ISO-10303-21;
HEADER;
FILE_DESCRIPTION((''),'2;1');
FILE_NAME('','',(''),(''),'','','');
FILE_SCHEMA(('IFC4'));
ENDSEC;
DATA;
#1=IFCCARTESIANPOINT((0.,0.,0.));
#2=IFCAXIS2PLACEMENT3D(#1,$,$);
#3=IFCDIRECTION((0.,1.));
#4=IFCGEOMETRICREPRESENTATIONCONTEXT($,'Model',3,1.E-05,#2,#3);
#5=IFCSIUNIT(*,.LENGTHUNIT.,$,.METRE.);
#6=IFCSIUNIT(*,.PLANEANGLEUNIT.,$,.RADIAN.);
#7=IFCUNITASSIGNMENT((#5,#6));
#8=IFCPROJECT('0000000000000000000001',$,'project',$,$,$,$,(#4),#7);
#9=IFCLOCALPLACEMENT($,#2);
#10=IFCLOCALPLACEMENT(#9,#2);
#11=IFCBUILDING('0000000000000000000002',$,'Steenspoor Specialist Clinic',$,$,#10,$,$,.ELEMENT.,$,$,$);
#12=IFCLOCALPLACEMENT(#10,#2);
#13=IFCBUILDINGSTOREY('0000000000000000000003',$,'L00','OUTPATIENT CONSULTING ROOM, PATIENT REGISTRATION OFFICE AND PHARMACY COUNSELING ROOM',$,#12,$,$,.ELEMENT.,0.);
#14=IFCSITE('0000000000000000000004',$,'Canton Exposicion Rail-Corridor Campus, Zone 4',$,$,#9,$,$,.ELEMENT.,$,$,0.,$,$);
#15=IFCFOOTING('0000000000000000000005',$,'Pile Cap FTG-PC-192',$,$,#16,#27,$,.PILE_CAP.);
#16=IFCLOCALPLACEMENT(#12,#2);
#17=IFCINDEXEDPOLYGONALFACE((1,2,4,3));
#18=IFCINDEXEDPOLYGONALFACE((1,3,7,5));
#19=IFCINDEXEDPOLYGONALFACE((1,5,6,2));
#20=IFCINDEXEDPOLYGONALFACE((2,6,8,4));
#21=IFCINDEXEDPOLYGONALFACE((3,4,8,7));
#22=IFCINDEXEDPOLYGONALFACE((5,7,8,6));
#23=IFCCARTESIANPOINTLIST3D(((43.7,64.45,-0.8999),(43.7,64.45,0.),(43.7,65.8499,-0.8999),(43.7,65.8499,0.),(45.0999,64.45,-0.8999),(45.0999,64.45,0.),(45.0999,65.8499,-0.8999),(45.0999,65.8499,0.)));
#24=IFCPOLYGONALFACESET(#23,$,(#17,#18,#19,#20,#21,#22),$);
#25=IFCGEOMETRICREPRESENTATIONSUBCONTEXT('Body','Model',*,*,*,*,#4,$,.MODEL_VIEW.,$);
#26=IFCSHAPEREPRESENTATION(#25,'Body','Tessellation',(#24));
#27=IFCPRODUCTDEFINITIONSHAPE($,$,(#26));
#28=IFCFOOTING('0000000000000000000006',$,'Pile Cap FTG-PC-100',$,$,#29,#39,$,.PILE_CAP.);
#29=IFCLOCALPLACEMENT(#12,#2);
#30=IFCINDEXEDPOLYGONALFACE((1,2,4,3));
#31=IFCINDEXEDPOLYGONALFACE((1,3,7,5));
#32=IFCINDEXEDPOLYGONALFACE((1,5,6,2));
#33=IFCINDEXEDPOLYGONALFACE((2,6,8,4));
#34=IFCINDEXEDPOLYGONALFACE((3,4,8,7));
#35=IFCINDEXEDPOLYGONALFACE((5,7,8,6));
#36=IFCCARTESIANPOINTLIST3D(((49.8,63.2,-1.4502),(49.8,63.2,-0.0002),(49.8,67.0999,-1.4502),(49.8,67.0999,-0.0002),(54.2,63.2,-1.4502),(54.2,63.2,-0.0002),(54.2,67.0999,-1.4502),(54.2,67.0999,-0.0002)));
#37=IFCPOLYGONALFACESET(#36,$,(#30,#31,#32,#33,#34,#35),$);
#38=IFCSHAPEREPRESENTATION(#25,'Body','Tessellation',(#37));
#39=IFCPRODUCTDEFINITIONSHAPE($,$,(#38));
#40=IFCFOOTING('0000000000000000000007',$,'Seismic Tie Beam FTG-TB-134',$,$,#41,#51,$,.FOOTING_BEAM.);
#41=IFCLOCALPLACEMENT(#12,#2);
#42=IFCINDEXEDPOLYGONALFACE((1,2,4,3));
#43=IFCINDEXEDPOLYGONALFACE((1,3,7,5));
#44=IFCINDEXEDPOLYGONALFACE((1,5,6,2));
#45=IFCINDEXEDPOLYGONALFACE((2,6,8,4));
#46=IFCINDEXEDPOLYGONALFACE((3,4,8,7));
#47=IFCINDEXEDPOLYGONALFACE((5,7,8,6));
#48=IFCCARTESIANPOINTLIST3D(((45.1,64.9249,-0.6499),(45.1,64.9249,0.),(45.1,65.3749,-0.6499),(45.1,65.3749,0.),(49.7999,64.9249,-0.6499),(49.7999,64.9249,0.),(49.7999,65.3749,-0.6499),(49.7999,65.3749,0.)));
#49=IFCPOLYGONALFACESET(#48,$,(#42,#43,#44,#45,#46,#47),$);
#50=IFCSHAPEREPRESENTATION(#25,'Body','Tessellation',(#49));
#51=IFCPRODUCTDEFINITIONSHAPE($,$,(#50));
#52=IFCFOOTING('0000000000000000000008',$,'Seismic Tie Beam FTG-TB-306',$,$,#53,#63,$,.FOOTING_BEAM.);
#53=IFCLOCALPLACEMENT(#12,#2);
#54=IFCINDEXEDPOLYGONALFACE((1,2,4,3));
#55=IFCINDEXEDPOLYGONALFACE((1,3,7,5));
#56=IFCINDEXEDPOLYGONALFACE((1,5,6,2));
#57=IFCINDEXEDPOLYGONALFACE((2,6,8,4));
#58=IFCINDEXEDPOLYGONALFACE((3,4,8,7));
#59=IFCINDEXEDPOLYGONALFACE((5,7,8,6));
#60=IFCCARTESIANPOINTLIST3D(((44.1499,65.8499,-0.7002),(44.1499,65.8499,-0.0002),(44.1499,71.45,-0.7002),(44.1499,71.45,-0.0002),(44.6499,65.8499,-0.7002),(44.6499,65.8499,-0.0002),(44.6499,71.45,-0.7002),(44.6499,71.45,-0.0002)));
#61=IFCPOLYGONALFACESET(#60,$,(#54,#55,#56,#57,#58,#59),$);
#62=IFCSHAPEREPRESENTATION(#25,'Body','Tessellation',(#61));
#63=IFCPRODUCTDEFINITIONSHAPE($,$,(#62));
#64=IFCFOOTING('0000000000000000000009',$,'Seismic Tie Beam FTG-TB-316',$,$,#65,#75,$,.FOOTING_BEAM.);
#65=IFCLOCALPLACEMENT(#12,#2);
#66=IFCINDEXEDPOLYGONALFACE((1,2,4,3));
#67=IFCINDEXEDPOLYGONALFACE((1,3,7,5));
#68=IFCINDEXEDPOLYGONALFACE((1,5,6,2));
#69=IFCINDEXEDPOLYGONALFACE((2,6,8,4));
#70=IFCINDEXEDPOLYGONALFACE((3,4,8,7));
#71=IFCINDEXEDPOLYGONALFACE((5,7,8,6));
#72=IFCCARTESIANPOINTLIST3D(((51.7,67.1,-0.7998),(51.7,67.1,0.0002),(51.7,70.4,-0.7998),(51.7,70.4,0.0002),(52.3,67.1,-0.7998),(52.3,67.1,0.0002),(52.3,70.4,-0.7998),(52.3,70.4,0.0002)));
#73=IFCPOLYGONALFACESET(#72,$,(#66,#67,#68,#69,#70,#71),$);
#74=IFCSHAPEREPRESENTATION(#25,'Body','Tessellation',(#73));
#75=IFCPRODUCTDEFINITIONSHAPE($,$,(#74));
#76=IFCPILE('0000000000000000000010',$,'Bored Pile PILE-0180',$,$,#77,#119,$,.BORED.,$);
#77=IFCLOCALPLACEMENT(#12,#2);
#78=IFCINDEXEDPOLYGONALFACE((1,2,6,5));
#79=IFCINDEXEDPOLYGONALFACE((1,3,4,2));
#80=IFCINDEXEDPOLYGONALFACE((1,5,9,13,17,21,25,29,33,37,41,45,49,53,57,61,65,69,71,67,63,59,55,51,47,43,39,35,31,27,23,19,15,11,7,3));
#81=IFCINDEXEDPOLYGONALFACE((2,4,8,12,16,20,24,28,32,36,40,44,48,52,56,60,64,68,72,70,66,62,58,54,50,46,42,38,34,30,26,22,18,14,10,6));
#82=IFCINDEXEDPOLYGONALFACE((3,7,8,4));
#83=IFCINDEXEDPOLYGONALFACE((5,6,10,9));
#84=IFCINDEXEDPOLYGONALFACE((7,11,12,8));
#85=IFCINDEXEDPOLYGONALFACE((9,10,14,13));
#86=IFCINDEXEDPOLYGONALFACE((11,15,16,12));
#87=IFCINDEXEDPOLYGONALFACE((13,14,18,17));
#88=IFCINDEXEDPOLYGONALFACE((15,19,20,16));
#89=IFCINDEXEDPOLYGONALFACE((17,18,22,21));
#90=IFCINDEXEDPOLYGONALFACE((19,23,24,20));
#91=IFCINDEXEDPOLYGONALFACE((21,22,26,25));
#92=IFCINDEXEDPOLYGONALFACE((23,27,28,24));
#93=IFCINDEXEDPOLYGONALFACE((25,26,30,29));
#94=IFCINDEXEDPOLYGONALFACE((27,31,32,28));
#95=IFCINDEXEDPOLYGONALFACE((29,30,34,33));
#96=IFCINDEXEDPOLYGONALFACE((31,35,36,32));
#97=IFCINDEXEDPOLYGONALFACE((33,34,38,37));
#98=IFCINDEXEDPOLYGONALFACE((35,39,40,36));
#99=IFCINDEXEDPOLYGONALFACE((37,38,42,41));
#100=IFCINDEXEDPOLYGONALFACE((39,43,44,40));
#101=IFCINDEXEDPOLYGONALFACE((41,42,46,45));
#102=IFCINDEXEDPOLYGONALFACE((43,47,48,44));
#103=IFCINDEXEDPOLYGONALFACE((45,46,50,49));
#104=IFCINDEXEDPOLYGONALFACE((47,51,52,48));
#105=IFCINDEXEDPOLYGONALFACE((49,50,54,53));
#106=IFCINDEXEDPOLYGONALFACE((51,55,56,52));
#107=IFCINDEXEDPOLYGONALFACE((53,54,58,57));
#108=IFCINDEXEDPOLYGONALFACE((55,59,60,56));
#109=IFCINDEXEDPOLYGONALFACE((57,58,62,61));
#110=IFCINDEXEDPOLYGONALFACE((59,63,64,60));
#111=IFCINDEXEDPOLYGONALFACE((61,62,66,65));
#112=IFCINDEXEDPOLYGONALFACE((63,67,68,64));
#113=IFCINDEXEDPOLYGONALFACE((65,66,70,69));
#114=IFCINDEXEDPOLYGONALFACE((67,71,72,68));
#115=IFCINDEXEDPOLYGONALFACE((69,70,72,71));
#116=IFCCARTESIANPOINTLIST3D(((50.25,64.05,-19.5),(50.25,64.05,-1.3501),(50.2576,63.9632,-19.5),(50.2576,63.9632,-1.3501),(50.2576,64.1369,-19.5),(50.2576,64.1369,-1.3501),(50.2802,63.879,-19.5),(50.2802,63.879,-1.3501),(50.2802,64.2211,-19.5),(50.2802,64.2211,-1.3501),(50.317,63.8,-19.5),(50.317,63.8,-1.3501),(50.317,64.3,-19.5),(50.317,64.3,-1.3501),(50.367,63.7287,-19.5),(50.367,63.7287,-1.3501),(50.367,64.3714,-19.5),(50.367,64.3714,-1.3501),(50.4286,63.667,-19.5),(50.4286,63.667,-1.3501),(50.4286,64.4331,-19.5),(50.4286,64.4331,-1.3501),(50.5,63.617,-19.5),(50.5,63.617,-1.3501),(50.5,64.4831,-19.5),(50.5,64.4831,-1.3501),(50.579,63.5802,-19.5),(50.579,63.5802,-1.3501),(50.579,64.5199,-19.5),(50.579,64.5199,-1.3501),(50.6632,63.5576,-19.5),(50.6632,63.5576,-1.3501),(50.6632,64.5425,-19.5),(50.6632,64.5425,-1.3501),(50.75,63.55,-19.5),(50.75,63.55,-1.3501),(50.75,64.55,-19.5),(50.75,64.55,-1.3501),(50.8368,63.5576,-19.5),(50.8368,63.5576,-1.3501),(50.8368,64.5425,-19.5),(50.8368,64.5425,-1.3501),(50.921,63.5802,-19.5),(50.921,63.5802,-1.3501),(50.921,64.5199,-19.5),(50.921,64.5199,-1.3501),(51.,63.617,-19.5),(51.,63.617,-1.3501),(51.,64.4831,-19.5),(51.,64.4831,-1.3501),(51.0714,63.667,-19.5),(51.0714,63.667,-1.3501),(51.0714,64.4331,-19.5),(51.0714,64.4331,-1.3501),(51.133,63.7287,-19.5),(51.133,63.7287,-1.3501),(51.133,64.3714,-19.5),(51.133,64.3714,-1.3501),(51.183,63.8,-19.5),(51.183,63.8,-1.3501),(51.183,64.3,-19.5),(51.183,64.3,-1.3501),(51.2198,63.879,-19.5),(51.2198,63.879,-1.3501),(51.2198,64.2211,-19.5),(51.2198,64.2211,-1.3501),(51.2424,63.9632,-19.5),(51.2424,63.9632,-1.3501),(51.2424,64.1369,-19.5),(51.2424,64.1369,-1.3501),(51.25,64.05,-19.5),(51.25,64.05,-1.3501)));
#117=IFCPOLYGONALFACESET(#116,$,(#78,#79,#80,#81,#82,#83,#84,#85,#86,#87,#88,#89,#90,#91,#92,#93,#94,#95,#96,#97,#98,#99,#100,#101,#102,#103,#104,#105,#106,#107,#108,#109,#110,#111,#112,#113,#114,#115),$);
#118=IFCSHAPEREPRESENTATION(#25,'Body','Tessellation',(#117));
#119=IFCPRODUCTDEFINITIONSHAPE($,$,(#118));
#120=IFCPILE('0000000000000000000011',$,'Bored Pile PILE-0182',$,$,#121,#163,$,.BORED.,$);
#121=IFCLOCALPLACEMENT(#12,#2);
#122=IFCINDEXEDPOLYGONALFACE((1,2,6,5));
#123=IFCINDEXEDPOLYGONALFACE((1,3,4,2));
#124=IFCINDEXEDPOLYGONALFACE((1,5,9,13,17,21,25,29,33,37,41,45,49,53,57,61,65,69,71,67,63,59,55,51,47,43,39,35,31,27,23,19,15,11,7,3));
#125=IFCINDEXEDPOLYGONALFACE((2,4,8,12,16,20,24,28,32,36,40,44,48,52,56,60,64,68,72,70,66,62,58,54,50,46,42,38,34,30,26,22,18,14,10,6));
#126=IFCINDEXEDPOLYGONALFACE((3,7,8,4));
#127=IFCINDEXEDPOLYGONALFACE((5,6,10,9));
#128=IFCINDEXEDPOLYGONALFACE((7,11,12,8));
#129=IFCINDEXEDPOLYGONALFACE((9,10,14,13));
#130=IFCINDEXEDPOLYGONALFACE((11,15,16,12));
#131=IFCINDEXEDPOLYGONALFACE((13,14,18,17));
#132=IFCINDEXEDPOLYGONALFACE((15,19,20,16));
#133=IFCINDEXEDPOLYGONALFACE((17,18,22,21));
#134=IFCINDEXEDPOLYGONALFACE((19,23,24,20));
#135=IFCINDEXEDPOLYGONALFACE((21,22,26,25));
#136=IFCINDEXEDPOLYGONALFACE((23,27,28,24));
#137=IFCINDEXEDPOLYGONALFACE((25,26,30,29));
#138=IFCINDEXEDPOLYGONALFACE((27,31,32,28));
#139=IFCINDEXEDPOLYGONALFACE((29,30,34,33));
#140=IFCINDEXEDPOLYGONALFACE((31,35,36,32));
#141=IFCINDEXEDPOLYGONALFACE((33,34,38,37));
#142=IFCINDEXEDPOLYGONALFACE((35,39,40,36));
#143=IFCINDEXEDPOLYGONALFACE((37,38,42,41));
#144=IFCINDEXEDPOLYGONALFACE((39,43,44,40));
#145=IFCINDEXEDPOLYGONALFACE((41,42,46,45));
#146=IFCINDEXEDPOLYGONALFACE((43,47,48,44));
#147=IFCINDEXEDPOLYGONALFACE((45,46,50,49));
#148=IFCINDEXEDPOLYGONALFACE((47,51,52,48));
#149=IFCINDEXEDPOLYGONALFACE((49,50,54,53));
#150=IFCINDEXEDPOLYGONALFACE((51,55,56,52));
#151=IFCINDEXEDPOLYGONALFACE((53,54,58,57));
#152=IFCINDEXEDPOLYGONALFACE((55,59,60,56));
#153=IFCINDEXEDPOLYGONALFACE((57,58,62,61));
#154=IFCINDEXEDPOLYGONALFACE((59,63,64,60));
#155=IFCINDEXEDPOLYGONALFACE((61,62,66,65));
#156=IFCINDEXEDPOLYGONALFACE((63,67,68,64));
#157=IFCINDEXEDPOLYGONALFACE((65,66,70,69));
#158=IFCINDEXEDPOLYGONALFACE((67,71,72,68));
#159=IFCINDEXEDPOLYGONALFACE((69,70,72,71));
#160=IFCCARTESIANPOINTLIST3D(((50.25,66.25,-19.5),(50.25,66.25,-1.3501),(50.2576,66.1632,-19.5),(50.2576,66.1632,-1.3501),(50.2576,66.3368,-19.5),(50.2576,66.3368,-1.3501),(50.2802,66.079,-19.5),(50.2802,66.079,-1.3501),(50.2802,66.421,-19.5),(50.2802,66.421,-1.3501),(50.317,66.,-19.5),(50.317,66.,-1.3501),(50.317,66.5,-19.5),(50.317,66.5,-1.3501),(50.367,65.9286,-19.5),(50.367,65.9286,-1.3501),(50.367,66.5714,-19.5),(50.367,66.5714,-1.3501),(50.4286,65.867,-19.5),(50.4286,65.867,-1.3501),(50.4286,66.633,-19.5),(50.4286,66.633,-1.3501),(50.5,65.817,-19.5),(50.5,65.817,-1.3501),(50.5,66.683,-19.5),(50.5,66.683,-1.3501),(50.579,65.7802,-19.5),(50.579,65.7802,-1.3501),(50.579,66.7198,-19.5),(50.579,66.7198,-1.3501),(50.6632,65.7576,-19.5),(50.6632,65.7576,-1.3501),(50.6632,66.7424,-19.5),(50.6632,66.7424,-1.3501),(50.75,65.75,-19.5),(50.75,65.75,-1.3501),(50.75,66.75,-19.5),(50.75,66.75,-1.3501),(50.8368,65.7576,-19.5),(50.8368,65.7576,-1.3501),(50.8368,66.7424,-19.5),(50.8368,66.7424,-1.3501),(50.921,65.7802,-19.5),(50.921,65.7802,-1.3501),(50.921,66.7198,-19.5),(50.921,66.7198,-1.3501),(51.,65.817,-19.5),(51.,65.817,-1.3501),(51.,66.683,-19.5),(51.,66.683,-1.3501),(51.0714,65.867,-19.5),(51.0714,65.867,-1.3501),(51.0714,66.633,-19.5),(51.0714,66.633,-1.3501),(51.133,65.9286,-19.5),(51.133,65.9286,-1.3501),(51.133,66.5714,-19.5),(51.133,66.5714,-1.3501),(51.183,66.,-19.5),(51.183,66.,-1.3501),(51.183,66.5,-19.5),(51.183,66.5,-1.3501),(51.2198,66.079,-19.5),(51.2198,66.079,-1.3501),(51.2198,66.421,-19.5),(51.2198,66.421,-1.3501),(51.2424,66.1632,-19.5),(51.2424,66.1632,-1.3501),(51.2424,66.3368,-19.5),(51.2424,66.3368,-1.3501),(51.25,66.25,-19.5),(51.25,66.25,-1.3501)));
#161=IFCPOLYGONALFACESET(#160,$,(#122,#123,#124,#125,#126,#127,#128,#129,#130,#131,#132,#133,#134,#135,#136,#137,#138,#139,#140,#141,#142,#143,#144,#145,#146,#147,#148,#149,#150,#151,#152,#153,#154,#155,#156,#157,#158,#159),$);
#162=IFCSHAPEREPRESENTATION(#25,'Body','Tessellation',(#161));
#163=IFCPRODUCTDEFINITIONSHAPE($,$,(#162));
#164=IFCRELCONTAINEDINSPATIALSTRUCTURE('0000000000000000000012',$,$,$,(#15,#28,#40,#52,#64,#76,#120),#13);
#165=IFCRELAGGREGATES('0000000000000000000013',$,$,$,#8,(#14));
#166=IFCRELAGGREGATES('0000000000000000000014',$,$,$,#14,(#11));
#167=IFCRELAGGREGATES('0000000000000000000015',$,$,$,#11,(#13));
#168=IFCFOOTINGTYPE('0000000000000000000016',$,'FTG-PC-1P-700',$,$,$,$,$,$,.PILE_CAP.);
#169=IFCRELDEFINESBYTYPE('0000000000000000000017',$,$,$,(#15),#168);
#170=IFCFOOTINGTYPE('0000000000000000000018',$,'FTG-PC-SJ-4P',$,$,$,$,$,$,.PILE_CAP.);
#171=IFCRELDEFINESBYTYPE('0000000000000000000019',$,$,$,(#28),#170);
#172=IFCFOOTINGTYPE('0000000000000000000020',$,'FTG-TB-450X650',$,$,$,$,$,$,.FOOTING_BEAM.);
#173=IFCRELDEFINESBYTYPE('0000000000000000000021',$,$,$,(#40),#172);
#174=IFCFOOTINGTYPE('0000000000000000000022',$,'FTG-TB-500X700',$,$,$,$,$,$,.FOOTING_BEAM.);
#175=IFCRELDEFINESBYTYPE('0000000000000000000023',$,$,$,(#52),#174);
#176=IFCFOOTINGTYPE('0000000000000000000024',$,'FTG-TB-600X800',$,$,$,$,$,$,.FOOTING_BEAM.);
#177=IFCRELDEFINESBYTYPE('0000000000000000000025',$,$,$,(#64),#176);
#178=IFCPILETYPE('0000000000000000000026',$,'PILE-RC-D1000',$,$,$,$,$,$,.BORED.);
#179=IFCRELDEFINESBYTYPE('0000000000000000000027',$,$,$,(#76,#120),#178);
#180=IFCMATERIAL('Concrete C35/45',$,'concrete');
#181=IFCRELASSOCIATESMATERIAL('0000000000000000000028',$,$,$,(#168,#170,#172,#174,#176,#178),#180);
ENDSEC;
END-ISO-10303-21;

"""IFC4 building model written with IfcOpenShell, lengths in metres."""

from ifc_helpers import new_model, si_unit, direction, frame, origin, origin_2d, place, context, subcontext, project, spatial, rectangle, circle, extrude, material, material_profile, profile_set, type_object, element, save


model = new_model("IFC4")

# Units and contexts
model_context = context("Model", 3, precision=1e-05, world=origin(), true_north=direction((0.0, 1.0)))
body_context = subcontext(model_context, "Body", "Model", "MODEL_VIEW")
ifc_project = project(units=[si_unit("LENGTHUNIT", "METRE"), si_unit("PLANEANGLEUNIT", "RADIAN")], contexts=[model_context])

# Site, building, storey
site_placement = place(None, origin())
site = spatial("IfcSite", under=ifc_project, at=site_placement, Name="Canton Exposicion Rail-Corridor Campus, Zone 4", CompositionType="ELEMENT", RefElevation=0.0)
building_placement = place(site_placement, origin())
building = spatial("IfcBuilding", under=site, at=building_placement, Name="Steenspoor Specialist Clinic", CompositionType="ELEMENT")
storey_placement = place(building_placement, origin())
storey = spatial("IfcBuildingStorey", under=building, at=storey_placement, Name="L00", Description="OUTPATIENT CONSULTING ROOM, PATIENT REGISTRATION OFFICE AND PHARMACY COUNSELING ROOM", CompositionType="ELEMENT", Elevation=0.0)

# Footings
ifc_material_1 = material(Name="Concrete C35/45", Category="concrete")
footing_type_1 = type_object("IfcFootingType", Name="FTG-PC-1P-700", PredefinedType="PILE_CAP", material=ifc_material_1)
footing_1_placement = place(storey_placement, frame((44.3999, 65.1499, -0.8999), z_axis=(0.0, 0.0, 1.0), x_axis=(1.0, 0.0, 0.0)))
element("IfcFooting", 1, at=footing_1_placement, inside=storey, type_object=footing_type_1, Name="Pile Cap FTG-PC-192", PredefinedType="PILE_CAP", context=body_context, shape_type="SweptSolid", body=[
    extrude(rectangle(XDim=1.3999, YDim=1.3999, at=origin_2d()), origin(), (0.0, 0.0, 1.0), 0.8999),
])
footing_type_2 = type_object("IfcFootingType", Name="FTG-PC-SJ-4P", PredefinedType="PILE_CAP", material=ifc_material_1)
footing_2_placement = place(storey_placement, frame((52.0, 65.1499, -1.4502), z_axis=(0.0, 0.0, 1.0), x_axis=(1.0, 0.0, 0.0)))
element("IfcFooting", 2, at=footing_2_placement, inside=storey, type_object=footing_type_2, Name="Pile Cap FTG-PC-100", PredefinedType="PILE_CAP", context=body_context, shape_type="SweptSolid", body=[
    extrude(rectangle(XDim=4.3999, YDim=3.8999, at=origin_2d()), origin(), (0.0, 0.0, 1.0), 1.45),
])
footing_type_3 = type_object("IfcFootingType", Name="FTG-TB-450X650", PredefinedType="FOOTING_BEAM", material=ifc_material_1)
footing_3_placement = place(storey_placement, frame((47.45, 65.1499, -0.6499), z_axis=(0.0, 0.0, 1.0), x_axis=(1.0, 0.0, 0.0)))
element("IfcFooting", 3, at=footing_3_placement, inside=storey, type_object=footing_type_3, Name="Seismic Tie Beam FTG-TB-134", PredefinedType="FOOTING_BEAM", context=body_context, shape_type="SweptSolid", body=[
    extrude(rectangle(XDim=4.7, YDim=0.45, at=origin_2d()), origin(), (0.0, 0.0, 1.0), 0.6499),
])
footing_type_4 = type_object("IfcFootingType", Name="FTG-TB-500X700", PredefinedType="FOOTING_BEAM", material=ifc_material_1)
footing_4_placement = place(storey_placement, frame((44.3999, 68.6499, -0.7002), z_axis=(0.0, 0.0, 1.0), x_axis=(1.0, 0.0, 0.0)))
element("IfcFooting", 4, at=footing_4_placement, inside=storey, type_object=footing_type_4, Name="Seismic Tie Beam FTG-TB-306", PredefinedType="FOOTING_BEAM", context=body_context, shape_type="SweptSolid", body=[
    extrude(rectangle(XDim=0.5, YDim=5.6001, at=origin_2d()), origin(), (0.0, 0.0, 1.0), 0.7),
])
footing_type_5 = type_object("IfcFootingType", Name="FTG-TB-600X800", PredefinedType="FOOTING_BEAM", material=ifc_material_1)
footing_5_placement = place(storey_placement, frame((52.0, 68.75, -0.7998), z_axis=(0.0, 0.0, 1.0), x_axis=(1.0, 0.0, 0.0)))
element("IfcFooting", 5, at=footing_5_placement, inside=storey, type_object=footing_type_5, Name="Seismic Tie Beam FTG-TB-316", PredefinedType="FOOTING_BEAM", context=body_context, shape_type="SweptSolid", body=[
    extrude(rectangle(XDim=0.6001, YDim=3.3, at=origin_2d()), origin(), (0.0, 0.0, 1.0), 0.8),
])

# Piles
ifc_material_profile_1 = material_profile(ifc_material_1, circle(Radius=0.5, at=origin_2d()), Name="PILE-D1000")
ifc_profile_set_1 = profile_set([ifc_material_profile_1], Name="Concrete C35/45")
pile_type_1 = type_object("IfcPileType", Name="PILE-RC-D1000", PredefinedType="BORED", material=ifc_profile_set_1)
for number, where, z_axis, x_axis, name in (
    (6, (50.75, 64.05, -1.3501), (0.0, 0.0, -1.0), (1.0, 0.0, 0.0), "Bored Pile PILE-0180"),
    (7, (50.75, 66.25, -1.3501), (0.0, 0.0, -1.0), (1.0, 0.0, 0.0), "Bored Pile PILE-0182"),
):
    element("IfcPile", number, at=place(storey_placement, frame(where, z_axis=z_axis, x_axis=x_axis)), inside=storey, type_object=pile_type_1, Name=name, PredefinedType="BORED", context=body_context, shape_type="SweptSolid", body=[
        extrude(circle(Radius=0.5, at=origin_2d()), origin(), (0.0, 0.0, 1.0), 18.1499),
    ])

save(model, "model.ifc")
